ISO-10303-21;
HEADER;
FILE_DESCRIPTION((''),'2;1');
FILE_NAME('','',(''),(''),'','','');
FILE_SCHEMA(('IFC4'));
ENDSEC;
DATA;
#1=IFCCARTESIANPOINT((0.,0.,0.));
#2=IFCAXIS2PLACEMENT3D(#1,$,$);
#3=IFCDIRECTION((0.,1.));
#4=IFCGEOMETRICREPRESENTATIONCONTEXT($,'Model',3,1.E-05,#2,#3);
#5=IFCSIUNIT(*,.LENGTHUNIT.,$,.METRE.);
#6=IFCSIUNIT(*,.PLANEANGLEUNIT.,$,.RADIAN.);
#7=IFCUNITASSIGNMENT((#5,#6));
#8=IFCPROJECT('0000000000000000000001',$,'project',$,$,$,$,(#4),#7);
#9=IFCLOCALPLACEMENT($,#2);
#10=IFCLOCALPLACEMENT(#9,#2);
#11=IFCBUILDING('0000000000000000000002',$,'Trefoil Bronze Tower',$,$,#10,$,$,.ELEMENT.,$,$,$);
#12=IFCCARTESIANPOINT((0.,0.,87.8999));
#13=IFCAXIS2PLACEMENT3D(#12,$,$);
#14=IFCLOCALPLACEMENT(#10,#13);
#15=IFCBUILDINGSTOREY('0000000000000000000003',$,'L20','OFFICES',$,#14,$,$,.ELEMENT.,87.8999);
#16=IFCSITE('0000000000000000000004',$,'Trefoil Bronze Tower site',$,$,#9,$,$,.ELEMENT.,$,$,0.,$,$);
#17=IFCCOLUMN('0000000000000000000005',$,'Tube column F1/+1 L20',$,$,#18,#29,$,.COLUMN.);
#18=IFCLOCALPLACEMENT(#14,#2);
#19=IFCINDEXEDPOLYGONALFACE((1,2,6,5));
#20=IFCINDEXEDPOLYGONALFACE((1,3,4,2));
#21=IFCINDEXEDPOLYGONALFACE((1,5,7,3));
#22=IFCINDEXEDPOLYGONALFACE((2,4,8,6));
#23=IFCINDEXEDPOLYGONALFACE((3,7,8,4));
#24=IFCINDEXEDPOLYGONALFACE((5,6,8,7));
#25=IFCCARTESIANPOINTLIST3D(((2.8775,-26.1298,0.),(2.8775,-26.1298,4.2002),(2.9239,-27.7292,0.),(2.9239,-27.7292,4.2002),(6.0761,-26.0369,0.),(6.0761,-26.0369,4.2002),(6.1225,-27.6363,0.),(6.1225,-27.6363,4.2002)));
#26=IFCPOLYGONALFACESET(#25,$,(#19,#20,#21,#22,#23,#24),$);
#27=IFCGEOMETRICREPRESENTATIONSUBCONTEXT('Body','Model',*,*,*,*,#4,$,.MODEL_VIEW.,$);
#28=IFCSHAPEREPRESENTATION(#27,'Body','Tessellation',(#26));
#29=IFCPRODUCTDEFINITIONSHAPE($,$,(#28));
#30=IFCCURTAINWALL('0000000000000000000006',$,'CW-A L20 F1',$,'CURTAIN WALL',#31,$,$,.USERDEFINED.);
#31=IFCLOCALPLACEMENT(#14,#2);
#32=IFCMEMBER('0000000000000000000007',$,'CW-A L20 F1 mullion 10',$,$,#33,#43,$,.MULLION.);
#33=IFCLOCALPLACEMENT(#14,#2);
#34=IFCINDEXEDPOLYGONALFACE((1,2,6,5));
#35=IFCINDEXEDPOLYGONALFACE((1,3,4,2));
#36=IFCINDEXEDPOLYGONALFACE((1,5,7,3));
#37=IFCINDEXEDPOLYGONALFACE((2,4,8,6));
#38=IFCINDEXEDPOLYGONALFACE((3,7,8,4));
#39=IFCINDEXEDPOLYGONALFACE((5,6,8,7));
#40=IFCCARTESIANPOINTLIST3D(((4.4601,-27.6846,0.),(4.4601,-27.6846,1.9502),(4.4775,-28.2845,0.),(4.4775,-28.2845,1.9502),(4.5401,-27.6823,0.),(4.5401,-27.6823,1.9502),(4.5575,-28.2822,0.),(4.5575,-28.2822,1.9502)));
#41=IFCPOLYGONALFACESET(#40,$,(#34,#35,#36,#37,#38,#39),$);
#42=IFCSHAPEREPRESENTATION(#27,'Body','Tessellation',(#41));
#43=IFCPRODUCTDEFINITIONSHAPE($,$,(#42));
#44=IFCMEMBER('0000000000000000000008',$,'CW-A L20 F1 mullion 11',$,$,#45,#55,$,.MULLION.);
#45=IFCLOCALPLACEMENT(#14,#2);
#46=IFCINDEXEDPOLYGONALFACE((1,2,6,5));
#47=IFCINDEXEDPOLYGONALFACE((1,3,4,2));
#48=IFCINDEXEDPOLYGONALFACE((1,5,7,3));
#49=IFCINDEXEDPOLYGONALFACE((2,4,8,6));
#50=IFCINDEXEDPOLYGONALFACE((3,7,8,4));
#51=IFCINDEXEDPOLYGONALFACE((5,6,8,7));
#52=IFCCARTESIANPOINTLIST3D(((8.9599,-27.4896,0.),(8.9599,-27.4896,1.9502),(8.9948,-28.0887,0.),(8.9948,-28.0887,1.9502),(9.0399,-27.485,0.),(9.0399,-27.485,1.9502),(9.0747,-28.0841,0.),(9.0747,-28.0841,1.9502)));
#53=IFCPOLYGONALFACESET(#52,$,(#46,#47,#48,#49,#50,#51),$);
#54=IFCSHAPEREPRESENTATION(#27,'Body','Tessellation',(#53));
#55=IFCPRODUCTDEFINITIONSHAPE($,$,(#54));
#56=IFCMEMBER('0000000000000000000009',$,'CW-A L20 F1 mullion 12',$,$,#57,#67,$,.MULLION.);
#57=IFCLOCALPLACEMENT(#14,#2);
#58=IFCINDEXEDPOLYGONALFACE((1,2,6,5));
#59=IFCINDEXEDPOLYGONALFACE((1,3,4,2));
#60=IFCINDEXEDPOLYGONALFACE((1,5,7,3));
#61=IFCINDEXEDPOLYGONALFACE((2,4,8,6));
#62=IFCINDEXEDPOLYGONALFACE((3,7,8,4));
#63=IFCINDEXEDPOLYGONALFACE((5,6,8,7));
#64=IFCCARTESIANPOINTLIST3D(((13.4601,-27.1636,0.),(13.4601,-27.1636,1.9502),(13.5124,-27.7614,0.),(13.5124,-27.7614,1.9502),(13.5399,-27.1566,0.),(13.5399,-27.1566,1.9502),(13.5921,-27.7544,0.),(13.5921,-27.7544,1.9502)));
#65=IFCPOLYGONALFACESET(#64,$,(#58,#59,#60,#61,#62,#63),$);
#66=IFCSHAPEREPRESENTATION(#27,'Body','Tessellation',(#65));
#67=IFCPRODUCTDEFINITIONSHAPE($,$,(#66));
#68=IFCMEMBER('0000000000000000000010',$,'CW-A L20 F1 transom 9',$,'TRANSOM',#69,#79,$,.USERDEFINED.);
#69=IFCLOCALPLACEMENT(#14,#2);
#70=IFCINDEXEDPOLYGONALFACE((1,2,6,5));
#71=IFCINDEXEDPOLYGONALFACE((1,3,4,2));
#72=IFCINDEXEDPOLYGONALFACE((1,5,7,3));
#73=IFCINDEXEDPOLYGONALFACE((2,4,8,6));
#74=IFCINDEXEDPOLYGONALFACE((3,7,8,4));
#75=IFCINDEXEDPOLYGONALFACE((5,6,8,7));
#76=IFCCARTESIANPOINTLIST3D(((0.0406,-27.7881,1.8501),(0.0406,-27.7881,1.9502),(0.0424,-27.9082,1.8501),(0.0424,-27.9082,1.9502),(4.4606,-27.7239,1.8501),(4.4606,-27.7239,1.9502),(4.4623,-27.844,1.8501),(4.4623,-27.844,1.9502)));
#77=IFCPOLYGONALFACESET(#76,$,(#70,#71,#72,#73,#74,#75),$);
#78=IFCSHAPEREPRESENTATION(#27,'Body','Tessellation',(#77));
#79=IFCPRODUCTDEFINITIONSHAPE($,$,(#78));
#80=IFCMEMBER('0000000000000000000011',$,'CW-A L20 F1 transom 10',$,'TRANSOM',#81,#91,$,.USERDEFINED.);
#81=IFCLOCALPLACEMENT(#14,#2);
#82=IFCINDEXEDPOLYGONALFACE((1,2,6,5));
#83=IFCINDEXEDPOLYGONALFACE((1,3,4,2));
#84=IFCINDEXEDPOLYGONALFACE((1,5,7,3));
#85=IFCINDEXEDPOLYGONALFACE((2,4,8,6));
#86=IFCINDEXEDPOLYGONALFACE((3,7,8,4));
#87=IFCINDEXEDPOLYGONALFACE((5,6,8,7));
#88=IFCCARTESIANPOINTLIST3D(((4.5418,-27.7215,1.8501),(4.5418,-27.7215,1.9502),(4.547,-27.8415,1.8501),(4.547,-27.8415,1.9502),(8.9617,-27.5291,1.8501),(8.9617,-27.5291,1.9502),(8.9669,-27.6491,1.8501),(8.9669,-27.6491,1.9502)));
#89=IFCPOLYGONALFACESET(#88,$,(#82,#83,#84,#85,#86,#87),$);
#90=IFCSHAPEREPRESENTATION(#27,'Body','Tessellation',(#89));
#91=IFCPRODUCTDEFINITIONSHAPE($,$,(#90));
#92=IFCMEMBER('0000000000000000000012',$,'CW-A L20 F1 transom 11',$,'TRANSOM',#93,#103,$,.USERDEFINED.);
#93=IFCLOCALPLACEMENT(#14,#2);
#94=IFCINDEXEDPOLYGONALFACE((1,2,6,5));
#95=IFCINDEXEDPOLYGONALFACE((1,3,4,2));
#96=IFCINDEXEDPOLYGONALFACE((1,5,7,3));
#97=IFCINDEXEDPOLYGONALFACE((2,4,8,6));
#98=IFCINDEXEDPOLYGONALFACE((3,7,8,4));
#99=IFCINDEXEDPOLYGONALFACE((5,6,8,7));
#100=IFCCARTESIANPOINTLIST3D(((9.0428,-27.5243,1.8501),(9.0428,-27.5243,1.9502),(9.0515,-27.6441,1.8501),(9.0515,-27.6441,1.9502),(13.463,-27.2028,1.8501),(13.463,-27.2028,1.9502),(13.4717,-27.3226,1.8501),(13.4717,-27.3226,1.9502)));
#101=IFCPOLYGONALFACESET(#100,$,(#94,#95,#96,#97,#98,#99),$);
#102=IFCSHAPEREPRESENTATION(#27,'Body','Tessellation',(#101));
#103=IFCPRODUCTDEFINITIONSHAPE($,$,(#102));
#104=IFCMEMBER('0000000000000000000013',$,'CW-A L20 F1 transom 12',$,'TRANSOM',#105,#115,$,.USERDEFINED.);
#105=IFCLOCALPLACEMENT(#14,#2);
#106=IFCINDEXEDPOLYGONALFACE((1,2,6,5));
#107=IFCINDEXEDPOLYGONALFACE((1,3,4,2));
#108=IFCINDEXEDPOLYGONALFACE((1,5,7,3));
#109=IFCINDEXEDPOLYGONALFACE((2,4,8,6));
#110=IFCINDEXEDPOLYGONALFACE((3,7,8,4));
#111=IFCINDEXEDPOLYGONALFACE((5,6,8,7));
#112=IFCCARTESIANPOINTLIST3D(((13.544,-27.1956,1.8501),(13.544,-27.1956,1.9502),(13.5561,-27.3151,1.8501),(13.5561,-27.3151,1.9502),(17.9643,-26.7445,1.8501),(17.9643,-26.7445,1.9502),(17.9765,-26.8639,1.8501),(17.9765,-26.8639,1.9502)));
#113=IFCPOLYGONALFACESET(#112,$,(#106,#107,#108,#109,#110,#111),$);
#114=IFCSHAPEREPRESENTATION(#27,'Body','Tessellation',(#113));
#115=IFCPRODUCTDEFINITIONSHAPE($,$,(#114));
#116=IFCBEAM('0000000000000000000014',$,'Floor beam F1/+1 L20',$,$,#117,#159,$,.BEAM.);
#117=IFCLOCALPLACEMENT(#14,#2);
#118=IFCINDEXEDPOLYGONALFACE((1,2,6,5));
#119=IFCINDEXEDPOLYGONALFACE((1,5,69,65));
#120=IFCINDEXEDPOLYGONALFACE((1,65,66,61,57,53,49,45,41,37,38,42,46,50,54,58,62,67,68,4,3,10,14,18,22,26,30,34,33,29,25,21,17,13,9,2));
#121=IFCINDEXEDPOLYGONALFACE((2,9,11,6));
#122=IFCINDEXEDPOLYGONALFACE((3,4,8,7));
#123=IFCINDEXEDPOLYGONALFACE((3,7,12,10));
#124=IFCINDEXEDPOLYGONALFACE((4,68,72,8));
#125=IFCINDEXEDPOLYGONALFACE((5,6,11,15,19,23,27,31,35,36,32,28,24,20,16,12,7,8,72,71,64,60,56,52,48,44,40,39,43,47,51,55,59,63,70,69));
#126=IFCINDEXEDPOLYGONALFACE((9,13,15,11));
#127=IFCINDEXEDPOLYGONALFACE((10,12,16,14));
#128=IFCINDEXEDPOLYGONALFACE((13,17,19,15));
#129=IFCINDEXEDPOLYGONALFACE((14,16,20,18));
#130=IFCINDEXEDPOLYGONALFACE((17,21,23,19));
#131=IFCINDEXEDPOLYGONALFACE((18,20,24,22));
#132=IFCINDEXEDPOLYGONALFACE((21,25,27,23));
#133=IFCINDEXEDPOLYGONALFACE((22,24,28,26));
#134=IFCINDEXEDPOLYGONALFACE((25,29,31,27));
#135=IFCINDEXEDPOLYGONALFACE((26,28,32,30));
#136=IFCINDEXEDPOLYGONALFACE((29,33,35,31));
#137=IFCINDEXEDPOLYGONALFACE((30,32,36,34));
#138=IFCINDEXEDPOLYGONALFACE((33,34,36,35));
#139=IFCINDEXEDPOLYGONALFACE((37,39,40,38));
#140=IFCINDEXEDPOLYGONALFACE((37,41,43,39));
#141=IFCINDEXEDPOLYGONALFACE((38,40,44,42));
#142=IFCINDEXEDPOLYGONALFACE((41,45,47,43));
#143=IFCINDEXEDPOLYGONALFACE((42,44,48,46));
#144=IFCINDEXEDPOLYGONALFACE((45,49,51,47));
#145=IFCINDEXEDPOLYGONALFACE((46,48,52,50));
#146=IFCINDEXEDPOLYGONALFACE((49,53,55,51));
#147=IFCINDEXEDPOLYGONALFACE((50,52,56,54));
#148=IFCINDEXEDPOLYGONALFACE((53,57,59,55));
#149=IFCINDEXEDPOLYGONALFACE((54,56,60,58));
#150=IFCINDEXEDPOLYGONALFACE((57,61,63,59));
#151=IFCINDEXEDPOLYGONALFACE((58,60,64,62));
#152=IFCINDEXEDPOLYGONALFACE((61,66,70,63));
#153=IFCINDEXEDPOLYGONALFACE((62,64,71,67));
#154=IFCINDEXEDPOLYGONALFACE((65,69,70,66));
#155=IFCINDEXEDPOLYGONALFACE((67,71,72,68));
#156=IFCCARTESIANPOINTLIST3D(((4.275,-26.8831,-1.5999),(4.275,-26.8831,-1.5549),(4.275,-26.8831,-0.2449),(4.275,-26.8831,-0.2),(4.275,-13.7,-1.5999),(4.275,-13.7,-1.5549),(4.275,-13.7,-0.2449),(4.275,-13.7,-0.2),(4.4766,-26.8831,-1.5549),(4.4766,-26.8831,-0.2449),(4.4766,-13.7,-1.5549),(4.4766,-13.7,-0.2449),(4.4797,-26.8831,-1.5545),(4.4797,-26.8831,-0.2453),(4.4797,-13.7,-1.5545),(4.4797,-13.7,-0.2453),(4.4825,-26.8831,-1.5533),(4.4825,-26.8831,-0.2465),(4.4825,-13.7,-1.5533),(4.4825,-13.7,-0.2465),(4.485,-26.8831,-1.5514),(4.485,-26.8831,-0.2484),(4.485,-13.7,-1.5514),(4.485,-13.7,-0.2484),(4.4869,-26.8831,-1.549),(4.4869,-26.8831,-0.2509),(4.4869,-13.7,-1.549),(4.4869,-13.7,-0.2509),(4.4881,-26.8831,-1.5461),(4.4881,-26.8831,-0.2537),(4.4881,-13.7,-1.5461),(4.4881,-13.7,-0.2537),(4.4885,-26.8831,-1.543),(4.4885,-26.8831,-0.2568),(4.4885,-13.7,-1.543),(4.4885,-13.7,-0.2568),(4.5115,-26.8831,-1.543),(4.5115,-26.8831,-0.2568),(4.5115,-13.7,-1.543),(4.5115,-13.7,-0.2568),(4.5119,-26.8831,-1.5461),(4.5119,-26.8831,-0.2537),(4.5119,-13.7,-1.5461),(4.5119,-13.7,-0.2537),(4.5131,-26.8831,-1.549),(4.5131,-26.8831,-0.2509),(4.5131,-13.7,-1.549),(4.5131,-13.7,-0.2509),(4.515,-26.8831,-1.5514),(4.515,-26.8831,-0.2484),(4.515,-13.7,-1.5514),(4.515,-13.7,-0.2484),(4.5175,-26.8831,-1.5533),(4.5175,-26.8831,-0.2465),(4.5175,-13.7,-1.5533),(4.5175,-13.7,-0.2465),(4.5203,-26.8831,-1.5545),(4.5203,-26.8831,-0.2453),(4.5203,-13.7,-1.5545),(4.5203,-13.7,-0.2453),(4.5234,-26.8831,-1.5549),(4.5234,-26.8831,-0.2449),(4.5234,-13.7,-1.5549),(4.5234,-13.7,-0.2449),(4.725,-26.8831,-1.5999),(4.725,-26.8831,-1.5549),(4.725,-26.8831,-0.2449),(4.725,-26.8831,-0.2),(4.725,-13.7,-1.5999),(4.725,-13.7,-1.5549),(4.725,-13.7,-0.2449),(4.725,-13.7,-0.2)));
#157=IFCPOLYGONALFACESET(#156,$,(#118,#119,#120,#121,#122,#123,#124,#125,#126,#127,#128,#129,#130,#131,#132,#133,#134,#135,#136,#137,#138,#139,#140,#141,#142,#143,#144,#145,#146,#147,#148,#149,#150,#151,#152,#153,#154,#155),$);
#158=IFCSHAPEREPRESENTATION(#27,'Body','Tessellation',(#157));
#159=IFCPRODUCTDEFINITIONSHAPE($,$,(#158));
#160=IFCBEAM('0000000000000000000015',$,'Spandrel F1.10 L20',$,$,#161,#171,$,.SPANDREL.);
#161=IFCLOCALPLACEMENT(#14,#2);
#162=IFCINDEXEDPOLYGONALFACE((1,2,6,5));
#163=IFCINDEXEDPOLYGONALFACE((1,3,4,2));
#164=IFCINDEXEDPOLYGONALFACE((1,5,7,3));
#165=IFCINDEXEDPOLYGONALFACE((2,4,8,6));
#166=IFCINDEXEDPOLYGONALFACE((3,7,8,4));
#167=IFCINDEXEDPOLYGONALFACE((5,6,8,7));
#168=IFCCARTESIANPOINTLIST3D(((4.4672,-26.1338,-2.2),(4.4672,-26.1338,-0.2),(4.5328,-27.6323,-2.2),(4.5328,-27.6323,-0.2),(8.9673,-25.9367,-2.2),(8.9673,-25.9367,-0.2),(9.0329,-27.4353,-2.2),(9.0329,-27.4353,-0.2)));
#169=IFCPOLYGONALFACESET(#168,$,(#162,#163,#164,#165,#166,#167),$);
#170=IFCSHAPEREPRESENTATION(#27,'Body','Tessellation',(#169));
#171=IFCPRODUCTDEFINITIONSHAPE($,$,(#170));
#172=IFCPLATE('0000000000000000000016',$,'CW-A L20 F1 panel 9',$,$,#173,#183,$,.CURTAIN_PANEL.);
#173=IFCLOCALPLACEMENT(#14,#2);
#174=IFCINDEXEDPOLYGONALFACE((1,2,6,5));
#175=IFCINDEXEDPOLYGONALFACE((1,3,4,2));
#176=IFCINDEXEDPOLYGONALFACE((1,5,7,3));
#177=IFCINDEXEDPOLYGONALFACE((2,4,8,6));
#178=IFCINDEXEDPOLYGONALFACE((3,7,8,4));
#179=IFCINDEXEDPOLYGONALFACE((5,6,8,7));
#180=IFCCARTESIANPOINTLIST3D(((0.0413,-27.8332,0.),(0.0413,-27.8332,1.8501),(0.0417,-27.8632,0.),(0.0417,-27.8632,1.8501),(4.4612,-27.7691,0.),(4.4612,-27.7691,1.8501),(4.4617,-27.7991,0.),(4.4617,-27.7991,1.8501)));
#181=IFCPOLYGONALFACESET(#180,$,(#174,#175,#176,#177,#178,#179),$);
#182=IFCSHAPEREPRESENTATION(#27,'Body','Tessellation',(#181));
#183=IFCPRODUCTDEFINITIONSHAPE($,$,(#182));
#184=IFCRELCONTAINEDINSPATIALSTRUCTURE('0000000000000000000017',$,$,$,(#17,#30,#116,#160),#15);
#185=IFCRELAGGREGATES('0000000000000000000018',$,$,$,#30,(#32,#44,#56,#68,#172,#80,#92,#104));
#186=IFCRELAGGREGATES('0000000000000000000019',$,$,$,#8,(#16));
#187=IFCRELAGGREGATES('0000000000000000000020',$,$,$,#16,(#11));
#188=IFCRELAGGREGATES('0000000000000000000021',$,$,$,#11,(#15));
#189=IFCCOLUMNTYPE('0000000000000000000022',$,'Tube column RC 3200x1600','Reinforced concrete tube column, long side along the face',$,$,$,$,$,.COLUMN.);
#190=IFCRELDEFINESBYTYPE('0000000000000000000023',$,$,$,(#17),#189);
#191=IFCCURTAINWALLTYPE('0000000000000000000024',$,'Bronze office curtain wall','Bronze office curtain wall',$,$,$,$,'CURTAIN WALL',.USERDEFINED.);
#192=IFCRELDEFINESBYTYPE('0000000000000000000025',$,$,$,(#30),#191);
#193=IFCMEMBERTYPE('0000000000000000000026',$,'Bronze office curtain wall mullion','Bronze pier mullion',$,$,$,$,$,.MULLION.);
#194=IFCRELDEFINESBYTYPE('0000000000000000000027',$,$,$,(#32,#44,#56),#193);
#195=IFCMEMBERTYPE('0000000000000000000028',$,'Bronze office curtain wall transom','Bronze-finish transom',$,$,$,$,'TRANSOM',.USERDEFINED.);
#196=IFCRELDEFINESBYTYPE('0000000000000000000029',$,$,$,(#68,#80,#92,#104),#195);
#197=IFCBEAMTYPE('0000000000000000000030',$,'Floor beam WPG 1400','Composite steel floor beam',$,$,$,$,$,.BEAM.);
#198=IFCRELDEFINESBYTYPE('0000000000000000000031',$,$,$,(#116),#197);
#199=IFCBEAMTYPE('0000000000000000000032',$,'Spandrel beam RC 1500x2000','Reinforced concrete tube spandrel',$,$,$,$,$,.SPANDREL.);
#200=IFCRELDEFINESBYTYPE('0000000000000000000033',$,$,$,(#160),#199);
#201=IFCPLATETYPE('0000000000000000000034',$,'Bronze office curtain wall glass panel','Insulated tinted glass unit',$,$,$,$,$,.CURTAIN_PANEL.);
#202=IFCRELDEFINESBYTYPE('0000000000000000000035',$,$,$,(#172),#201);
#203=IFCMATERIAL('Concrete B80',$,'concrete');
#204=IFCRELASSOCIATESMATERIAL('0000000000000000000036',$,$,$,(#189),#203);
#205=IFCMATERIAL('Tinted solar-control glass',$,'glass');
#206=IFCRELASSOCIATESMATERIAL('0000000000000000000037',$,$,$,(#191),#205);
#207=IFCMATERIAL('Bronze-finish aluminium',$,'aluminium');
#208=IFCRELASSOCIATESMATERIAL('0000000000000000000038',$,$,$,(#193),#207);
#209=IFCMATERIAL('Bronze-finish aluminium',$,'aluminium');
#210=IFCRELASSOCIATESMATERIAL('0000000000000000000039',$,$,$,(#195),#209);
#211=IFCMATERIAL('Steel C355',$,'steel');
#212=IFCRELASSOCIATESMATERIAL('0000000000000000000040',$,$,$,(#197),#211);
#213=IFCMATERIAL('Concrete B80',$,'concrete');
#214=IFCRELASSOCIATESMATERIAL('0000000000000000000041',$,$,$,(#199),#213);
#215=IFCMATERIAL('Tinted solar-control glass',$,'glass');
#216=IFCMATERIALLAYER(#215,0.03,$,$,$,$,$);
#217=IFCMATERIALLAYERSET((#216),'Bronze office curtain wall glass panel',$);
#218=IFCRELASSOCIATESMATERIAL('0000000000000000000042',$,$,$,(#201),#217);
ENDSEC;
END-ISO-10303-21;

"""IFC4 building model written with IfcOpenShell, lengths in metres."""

from ifc_helpers import new_model, si_unit, direction, frame, origin, origin_2d, place, context, subcontext, project, spatial, rectangle, i_section, extrude, material, layer, layer_set, material_profile, profile_set, type_object, element, aggregate, save


model = new_model("IFC4")

# Units and contexts
model_context = context("Model", 3, precision=1e-05, world=origin(), true_north=direction((0.0, 1.0)))
body_context = subcontext(model_context, "Body", "Model", "MODEL_VIEW")
ifc_project = project(units=[si_unit("LENGTHUNIT", "METRE"), si_unit("PLANEANGLEUNIT", "RADIAN")], contexts=[model_context])

# Site, building, storey
site_placement = place(None, origin())
site = spatial("IfcSite", under=ifc_project, at=site_placement, Name="Trefoil Bronze Tower site", CompositionType="ELEMENT", RefElevation=0.0)
building_placement = place(site_placement, origin())
building = spatial("IfcBuilding", under=site, at=building_placement, Name="Trefoil Bronze Tower", CompositionType="ELEMENT")
storey_placement = place(building_placement, frame((0.0, 0.0, 87.8999)))
storey = spatial("IfcBuildingStorey", under=building, at=storey_placement, Name="L20", Description="OFFICES", CompositionType="ELEMENT", Elevation=87.8999)

# Column
ifc_material_1 = material(Name="Concrete B80", Category="concrete")
ifc_material_profile_1 = material_profile(ifc_material_1, rectangle(XDim=3.2, YDim=1.6001, at=origin_2d()), Name="RC 3200x1600")
ifc_profile_set_1 = profile_set([ifc_material_profile_1], Name="Concrete B80")
column_type = type_object("IfcColumnType", Name="Tube column RC 3200x1600", Description="Reinforced concrete tube column, long side along the face", PredefinedType="COLUMN", material=ifc_profile_set_1)
column_placement = place(storey_placement, frame((4.5, -26.8831, 0.0), z_axis=(0.0, 0.0, 1.0), x_axis=(0.999579, 0.029022, 0.0)))
element("IfcColumn", 1, at=column_placement, inside=storey, type_object=column_type, Name="Tube column F1/+1 L20", PredefinedType="COLUMN", context=body_context, shape_type="SweptSolid", body=[
    extrude(rectangle(XDim=3.2, YDim=1.6001, at=origin_2d()), origin(), (0.0, 0.0, 1.0), 4.2002),
])

# Curtain wall, members
ifc_material_2 = material(Name="Tinted solar-control glass", Category="glass")
curtain_wall_type = type_object("IfcCurtainWallType", Name="Bronze office curtain wall", Description="Bronze office curtain wall", ElementType="CURTAIN WALL", PredefinedType="USERDEFINED", material=ifc_material_2)
curtain_wall_placement = place(storey_placement, origin())
curtain_wall = element("IfcCurtainWall", 2, at=curtain_wall_placement, inside=storey, type_object=curtain_wall_type, Name="CW-A L20 F1", ObjectType="CURTAIN WALL", PredefinedType="USERDEFINED")
ifc_material_3 = material(Name="Bronze-finish aluminium", Category="aluminium")
ifc_material_profile_2 = material_profile(ifc_material_3, rectangle(XDim=0.6001, YDim=0.0801, at=origin_2d()), Name="CW-A mullion")
ifc_profile_set_2 = profile_set([ifc_material_profile_2], Name="Bronze-finish aluminium")
member_type_1 = type_object("IfcMemberType", Name="Bronze office curtain wall mullion", Description="Bronze pier mullion", PredefinedType="MULLION", material=ifc_profile_set_2)
member_1_placement = place(storey_placement, frame((4.5088, -27.9834, 0.0), z_axis=(0.0, 0.0, 1.0), x_axis=(-0.029022, 0.999579, 0.0)))
member_1 = element("IfcMember", 3, at=member_1_placement, type_object=member_type_1, Name="CW-A L20 F1 mullion 10", PredefinedType="MULLION", context=body_context, shape_type="SweptSolid", body=[
    extrude(rectangle(XDim=0.6001, YDim=0.0801, at=origin_2d()), origin(), (0.0, 0.0, 1.0), 1.9502),
])
member_2_placement = place(storey_placement, frame((9.0173, -27.7869, 0.0), z_axis=(0.0, 0.0, 1.0), x_axis=(-0.058043, 0.998314, 0.0)))
member_2 = element("IfcMember", 4, at=member_2_placement, type_object=member_type_1, Name="CW-A L20 F1 mullion 11", PredefinedType="MULLION", context=body_context, shape_type="SweptSolid", body=[
    extrude(rectangle(XDim=0.6001, YDim=0.0801, at=origin_2d()), origin(), (0.0, 0.0, 1.0), 1.9502),
])
member_3_placement = place(storey_placement, frame((13.5261, -27.459, 0.0), z_axis=(0.0, 0.0, 1.0), x_axis=(-0.087065, 0.996203, 0.0)))
member_3 = element("IfcMember", 5, at=member_3_placement, type_object=member_type_1, Name="CW-A L20 F1 mullion 12", PredefinedType="MULLION", context=body_context, shape_type="SweptSolid", body=[
    extrude(rectangle(XDim=0.6001, YDim=0.0801, at=origin_2d()), origin(), (0.0, 0.0, 1.0), 1.9502),
])
ifc_material_4 = material(Name="Bronze-finish aluminium", Category="aluminium")
ifc_material_profile_3 = material_profile(ifc_material_4, rectangle(XDim=0.1201, YDim=0.1001, at=origin_2d()), Name="CW-A transom")
ifc_profile_set_3 = profile_set([ifc_material_profile_3], Name="Bronze-finish aluminium")
member_type_2 = type_object("IfcMemberType", Name="Bronze office curtain wall transom", Description="Bronze-finish transom", ElementType="TRANSOM", PredefinedType="USERDEFINED", material=ifc_profile_set_3)
member_4_placement = place(storey_placement, frame((0.0415, -27.8481, 1.9001), z_axis=(0.999894, 0.014526, 0.0), x_axis=(-0.014526, 0.999894, 0.0)))
member_4 = element("IfcMember", 6, at=member_4_placement, type_object=member_type_2, Name="CW-A L20 F1 transom 9", ObjectType="TRANSOM", PredefinedType="USERDEFINED", context=body_context, shape_type="SweptSolid", body=[
    extrude(rectangle(XDim=0.1201, YDim=0.1001, at=origin_2d()), origin(), (0.0, 0.0, 1.0), 4.4204),
])
member_5_placement = place(storey_placement, frame((4.5444, -27.7815, 1.9001), z_axis=(0.999054, 0.043485, 0.0), x_axis=(-0.043485, 0.999054, 0.0)))
member_5 = element("IfcMember", 7, at=member_5_placement, type_object=member_type_2, Name="CW-A L20 F1 transom 10", ObjectType="TRANSOM", PredefinedType="USERDEFINED", context=body_context, shape_type="SweptSolid", body=[
    extrude(rectangle(XDim=0.1201, YDim=0.1001, at=origin_2d()), origin(), (0.0, 0.0, 1.0), 4.4241),
])
member_6_placement = place(storey_placement, frame((9.0471, -27.5842, 1.9001), z_axis=(0.997365, 0.072551, 0.0), x_axis=(-0.072551, 0.997365, 0.0)))
member_6 = element("IfcMember", 8, at=member_6_placement, type_object=member_type_2, Name="CW-A L20 F1 transom 11", ObjectType="TRANSOM", PredefinedType="USERDEFINED", context=body_context, shape_type="SweptSolid", body=[
    extrude(rectangle(XDim=0.1201, YDim=0.1001, at=origin_2d()), origin(), (0.0, 0.0, 1.0), 4.4319),
])
member_7_placement = place(storey_placement, frame((13.55, -27.2554, 1.9001), z_axis=(0.994832, 0.101538, 0.0), x_axis=(-0.101538, 0.994832, 0.0)))
member_7 = element("IfcMember", 9, at=member_7_placement, type_object=member_type_2, Name="CW-A L20 F1 transom 12", ObjectType="TRANSOM", PredefinedType="USERDEFINED", context=body_context, shape_type="SweptSolid", body=[
    extrude(rectangle(XDim=0.1201, YDim=0.1001, at=origin_2d()), origin(), (0.0, 0.0, 1.0), 4.4434),
])

# Beams
ifc_material_5 = material(Name="Steel C355", Category="steel")
ifc_material_profile_4 = material_profile(ifc_material_5, i_section(OverallWidth=0.45, OverallDepth=1.3999, WebThickness=0.0229, FlangeThickness=0.0449, FilletRadius=0.012, at=origin_2d()), Name="WPG 1400")
ifc_profile_set_4 = profile_set([ifc_material_profile_4], Name="Steel C355")
beam_type_1 = type_object("IfcBeamType", Name="Floor beam WPG 1400", Description="Composite steel floor beam", PredefinedType="BEAM", material=ifc_profile_set_4)
beam_1_placement = place(storey_placement, frame((4.5, -26.8831, -0.8999), z_axis=(0.0, 1.0, 0.0), x_axis=(-1.0, 0.0, 0.0)))
element("IfcBeam", 10, at=beam_1_placement, inside=storey, type_object=beam_type_1, Name="Floor beam F1/+1 L20", PredefinedType="BEAM", context=body_context, shape_type="SweptSolid", body=[
    extrude(i_section(OverallWidth=0.45, OverallDepth=1.3999, WebThickness=0.0229, FlangeThickness=0.0449, FilletRadius=0.012, at=origin_2d()), origin(), (0.0, 0.0, 1.0), 13.1831),
])
ifc_material_6 = material(Name="Concrete B80", Category="concrete")
ifc_material_profile_5 = material_profile(ifc_material_6, rectangle(XDim=1.5, YDim=2.0, at=origin_2d()), Name="RC 1500x2000")
ifc_profile_set_5 = profile_set([ifc_material_profile_5], Name="Concrete B80")
beam_type_2 = type_object("IfcBeamType", Name="Spandrel beam RC 1500x2000", Description="Reinforced concrete tube spandrel", PredefinedType="SPANDREL", material=ifc_profile_set_5)
beam_2_placement = place(storey_placement, frame((4.5, -26.8831, -1.2), z_axis=(0.999043, 0.043741, 0.0), x_axis=(-0.043741, 0.999043, 0.0)))
element("IfcBeam", 11, at=beam_2_placement, inside=storey, type_object=beam_type_2, Name="Spandrel F1.10 L20", PredefinedType="SPANDREL", context=body_context, shape_type="SweptSolid", body=[
    extrude(rectangle(XDim=1.5, YDim=2.0, at=origin_2d()), origin(), (0.0, 0.0, 1.0), 4.5044),
])

# Plate
ifc_material_7 = material(Name="Tinted solar-control glass", Category="glass")
ifc_layer_1 = layer(ifc_material_7, 0.03)
ifc_layer_set_1 = layer_set([ifc_layer_1], Name="Bronze office curtain wall glass panel")
plate_type = type_object("IfcPlateType", Name="Bronze office curtain wall glass panel", Description="Insulated tinted glass unit", PredefinedType="CURTAIN_PANEL", material=ifc_layer_set_1)
plate_1_placement = place(storey_placement, frame((2.2515, -27.8162, 0.0), z_axis=(0.0, 0.0, 1.0), x_axis=(0.999895, 0.014509, 0.0)))
plate_1 = element("IfcPlate", 12, at=plate_1_placement, type_object=plate_type, Name="CW-A L20 F1 panel 9", PredefinedType="CURTAIN_PANEL", context=body_context, shape_type="SweptSolid", body=[
    extrude(rectangle(XDim=4.4204, YDim=0.03, at=origin_2d()), origin(), (0.0, 0.0, 1.0), 1.8501),
])
aggregate(curtain_wall, [member_1, member_2, member_3, member_4, plate_1, member_5, member_6, member_7])

save(model, "model.ifc")
